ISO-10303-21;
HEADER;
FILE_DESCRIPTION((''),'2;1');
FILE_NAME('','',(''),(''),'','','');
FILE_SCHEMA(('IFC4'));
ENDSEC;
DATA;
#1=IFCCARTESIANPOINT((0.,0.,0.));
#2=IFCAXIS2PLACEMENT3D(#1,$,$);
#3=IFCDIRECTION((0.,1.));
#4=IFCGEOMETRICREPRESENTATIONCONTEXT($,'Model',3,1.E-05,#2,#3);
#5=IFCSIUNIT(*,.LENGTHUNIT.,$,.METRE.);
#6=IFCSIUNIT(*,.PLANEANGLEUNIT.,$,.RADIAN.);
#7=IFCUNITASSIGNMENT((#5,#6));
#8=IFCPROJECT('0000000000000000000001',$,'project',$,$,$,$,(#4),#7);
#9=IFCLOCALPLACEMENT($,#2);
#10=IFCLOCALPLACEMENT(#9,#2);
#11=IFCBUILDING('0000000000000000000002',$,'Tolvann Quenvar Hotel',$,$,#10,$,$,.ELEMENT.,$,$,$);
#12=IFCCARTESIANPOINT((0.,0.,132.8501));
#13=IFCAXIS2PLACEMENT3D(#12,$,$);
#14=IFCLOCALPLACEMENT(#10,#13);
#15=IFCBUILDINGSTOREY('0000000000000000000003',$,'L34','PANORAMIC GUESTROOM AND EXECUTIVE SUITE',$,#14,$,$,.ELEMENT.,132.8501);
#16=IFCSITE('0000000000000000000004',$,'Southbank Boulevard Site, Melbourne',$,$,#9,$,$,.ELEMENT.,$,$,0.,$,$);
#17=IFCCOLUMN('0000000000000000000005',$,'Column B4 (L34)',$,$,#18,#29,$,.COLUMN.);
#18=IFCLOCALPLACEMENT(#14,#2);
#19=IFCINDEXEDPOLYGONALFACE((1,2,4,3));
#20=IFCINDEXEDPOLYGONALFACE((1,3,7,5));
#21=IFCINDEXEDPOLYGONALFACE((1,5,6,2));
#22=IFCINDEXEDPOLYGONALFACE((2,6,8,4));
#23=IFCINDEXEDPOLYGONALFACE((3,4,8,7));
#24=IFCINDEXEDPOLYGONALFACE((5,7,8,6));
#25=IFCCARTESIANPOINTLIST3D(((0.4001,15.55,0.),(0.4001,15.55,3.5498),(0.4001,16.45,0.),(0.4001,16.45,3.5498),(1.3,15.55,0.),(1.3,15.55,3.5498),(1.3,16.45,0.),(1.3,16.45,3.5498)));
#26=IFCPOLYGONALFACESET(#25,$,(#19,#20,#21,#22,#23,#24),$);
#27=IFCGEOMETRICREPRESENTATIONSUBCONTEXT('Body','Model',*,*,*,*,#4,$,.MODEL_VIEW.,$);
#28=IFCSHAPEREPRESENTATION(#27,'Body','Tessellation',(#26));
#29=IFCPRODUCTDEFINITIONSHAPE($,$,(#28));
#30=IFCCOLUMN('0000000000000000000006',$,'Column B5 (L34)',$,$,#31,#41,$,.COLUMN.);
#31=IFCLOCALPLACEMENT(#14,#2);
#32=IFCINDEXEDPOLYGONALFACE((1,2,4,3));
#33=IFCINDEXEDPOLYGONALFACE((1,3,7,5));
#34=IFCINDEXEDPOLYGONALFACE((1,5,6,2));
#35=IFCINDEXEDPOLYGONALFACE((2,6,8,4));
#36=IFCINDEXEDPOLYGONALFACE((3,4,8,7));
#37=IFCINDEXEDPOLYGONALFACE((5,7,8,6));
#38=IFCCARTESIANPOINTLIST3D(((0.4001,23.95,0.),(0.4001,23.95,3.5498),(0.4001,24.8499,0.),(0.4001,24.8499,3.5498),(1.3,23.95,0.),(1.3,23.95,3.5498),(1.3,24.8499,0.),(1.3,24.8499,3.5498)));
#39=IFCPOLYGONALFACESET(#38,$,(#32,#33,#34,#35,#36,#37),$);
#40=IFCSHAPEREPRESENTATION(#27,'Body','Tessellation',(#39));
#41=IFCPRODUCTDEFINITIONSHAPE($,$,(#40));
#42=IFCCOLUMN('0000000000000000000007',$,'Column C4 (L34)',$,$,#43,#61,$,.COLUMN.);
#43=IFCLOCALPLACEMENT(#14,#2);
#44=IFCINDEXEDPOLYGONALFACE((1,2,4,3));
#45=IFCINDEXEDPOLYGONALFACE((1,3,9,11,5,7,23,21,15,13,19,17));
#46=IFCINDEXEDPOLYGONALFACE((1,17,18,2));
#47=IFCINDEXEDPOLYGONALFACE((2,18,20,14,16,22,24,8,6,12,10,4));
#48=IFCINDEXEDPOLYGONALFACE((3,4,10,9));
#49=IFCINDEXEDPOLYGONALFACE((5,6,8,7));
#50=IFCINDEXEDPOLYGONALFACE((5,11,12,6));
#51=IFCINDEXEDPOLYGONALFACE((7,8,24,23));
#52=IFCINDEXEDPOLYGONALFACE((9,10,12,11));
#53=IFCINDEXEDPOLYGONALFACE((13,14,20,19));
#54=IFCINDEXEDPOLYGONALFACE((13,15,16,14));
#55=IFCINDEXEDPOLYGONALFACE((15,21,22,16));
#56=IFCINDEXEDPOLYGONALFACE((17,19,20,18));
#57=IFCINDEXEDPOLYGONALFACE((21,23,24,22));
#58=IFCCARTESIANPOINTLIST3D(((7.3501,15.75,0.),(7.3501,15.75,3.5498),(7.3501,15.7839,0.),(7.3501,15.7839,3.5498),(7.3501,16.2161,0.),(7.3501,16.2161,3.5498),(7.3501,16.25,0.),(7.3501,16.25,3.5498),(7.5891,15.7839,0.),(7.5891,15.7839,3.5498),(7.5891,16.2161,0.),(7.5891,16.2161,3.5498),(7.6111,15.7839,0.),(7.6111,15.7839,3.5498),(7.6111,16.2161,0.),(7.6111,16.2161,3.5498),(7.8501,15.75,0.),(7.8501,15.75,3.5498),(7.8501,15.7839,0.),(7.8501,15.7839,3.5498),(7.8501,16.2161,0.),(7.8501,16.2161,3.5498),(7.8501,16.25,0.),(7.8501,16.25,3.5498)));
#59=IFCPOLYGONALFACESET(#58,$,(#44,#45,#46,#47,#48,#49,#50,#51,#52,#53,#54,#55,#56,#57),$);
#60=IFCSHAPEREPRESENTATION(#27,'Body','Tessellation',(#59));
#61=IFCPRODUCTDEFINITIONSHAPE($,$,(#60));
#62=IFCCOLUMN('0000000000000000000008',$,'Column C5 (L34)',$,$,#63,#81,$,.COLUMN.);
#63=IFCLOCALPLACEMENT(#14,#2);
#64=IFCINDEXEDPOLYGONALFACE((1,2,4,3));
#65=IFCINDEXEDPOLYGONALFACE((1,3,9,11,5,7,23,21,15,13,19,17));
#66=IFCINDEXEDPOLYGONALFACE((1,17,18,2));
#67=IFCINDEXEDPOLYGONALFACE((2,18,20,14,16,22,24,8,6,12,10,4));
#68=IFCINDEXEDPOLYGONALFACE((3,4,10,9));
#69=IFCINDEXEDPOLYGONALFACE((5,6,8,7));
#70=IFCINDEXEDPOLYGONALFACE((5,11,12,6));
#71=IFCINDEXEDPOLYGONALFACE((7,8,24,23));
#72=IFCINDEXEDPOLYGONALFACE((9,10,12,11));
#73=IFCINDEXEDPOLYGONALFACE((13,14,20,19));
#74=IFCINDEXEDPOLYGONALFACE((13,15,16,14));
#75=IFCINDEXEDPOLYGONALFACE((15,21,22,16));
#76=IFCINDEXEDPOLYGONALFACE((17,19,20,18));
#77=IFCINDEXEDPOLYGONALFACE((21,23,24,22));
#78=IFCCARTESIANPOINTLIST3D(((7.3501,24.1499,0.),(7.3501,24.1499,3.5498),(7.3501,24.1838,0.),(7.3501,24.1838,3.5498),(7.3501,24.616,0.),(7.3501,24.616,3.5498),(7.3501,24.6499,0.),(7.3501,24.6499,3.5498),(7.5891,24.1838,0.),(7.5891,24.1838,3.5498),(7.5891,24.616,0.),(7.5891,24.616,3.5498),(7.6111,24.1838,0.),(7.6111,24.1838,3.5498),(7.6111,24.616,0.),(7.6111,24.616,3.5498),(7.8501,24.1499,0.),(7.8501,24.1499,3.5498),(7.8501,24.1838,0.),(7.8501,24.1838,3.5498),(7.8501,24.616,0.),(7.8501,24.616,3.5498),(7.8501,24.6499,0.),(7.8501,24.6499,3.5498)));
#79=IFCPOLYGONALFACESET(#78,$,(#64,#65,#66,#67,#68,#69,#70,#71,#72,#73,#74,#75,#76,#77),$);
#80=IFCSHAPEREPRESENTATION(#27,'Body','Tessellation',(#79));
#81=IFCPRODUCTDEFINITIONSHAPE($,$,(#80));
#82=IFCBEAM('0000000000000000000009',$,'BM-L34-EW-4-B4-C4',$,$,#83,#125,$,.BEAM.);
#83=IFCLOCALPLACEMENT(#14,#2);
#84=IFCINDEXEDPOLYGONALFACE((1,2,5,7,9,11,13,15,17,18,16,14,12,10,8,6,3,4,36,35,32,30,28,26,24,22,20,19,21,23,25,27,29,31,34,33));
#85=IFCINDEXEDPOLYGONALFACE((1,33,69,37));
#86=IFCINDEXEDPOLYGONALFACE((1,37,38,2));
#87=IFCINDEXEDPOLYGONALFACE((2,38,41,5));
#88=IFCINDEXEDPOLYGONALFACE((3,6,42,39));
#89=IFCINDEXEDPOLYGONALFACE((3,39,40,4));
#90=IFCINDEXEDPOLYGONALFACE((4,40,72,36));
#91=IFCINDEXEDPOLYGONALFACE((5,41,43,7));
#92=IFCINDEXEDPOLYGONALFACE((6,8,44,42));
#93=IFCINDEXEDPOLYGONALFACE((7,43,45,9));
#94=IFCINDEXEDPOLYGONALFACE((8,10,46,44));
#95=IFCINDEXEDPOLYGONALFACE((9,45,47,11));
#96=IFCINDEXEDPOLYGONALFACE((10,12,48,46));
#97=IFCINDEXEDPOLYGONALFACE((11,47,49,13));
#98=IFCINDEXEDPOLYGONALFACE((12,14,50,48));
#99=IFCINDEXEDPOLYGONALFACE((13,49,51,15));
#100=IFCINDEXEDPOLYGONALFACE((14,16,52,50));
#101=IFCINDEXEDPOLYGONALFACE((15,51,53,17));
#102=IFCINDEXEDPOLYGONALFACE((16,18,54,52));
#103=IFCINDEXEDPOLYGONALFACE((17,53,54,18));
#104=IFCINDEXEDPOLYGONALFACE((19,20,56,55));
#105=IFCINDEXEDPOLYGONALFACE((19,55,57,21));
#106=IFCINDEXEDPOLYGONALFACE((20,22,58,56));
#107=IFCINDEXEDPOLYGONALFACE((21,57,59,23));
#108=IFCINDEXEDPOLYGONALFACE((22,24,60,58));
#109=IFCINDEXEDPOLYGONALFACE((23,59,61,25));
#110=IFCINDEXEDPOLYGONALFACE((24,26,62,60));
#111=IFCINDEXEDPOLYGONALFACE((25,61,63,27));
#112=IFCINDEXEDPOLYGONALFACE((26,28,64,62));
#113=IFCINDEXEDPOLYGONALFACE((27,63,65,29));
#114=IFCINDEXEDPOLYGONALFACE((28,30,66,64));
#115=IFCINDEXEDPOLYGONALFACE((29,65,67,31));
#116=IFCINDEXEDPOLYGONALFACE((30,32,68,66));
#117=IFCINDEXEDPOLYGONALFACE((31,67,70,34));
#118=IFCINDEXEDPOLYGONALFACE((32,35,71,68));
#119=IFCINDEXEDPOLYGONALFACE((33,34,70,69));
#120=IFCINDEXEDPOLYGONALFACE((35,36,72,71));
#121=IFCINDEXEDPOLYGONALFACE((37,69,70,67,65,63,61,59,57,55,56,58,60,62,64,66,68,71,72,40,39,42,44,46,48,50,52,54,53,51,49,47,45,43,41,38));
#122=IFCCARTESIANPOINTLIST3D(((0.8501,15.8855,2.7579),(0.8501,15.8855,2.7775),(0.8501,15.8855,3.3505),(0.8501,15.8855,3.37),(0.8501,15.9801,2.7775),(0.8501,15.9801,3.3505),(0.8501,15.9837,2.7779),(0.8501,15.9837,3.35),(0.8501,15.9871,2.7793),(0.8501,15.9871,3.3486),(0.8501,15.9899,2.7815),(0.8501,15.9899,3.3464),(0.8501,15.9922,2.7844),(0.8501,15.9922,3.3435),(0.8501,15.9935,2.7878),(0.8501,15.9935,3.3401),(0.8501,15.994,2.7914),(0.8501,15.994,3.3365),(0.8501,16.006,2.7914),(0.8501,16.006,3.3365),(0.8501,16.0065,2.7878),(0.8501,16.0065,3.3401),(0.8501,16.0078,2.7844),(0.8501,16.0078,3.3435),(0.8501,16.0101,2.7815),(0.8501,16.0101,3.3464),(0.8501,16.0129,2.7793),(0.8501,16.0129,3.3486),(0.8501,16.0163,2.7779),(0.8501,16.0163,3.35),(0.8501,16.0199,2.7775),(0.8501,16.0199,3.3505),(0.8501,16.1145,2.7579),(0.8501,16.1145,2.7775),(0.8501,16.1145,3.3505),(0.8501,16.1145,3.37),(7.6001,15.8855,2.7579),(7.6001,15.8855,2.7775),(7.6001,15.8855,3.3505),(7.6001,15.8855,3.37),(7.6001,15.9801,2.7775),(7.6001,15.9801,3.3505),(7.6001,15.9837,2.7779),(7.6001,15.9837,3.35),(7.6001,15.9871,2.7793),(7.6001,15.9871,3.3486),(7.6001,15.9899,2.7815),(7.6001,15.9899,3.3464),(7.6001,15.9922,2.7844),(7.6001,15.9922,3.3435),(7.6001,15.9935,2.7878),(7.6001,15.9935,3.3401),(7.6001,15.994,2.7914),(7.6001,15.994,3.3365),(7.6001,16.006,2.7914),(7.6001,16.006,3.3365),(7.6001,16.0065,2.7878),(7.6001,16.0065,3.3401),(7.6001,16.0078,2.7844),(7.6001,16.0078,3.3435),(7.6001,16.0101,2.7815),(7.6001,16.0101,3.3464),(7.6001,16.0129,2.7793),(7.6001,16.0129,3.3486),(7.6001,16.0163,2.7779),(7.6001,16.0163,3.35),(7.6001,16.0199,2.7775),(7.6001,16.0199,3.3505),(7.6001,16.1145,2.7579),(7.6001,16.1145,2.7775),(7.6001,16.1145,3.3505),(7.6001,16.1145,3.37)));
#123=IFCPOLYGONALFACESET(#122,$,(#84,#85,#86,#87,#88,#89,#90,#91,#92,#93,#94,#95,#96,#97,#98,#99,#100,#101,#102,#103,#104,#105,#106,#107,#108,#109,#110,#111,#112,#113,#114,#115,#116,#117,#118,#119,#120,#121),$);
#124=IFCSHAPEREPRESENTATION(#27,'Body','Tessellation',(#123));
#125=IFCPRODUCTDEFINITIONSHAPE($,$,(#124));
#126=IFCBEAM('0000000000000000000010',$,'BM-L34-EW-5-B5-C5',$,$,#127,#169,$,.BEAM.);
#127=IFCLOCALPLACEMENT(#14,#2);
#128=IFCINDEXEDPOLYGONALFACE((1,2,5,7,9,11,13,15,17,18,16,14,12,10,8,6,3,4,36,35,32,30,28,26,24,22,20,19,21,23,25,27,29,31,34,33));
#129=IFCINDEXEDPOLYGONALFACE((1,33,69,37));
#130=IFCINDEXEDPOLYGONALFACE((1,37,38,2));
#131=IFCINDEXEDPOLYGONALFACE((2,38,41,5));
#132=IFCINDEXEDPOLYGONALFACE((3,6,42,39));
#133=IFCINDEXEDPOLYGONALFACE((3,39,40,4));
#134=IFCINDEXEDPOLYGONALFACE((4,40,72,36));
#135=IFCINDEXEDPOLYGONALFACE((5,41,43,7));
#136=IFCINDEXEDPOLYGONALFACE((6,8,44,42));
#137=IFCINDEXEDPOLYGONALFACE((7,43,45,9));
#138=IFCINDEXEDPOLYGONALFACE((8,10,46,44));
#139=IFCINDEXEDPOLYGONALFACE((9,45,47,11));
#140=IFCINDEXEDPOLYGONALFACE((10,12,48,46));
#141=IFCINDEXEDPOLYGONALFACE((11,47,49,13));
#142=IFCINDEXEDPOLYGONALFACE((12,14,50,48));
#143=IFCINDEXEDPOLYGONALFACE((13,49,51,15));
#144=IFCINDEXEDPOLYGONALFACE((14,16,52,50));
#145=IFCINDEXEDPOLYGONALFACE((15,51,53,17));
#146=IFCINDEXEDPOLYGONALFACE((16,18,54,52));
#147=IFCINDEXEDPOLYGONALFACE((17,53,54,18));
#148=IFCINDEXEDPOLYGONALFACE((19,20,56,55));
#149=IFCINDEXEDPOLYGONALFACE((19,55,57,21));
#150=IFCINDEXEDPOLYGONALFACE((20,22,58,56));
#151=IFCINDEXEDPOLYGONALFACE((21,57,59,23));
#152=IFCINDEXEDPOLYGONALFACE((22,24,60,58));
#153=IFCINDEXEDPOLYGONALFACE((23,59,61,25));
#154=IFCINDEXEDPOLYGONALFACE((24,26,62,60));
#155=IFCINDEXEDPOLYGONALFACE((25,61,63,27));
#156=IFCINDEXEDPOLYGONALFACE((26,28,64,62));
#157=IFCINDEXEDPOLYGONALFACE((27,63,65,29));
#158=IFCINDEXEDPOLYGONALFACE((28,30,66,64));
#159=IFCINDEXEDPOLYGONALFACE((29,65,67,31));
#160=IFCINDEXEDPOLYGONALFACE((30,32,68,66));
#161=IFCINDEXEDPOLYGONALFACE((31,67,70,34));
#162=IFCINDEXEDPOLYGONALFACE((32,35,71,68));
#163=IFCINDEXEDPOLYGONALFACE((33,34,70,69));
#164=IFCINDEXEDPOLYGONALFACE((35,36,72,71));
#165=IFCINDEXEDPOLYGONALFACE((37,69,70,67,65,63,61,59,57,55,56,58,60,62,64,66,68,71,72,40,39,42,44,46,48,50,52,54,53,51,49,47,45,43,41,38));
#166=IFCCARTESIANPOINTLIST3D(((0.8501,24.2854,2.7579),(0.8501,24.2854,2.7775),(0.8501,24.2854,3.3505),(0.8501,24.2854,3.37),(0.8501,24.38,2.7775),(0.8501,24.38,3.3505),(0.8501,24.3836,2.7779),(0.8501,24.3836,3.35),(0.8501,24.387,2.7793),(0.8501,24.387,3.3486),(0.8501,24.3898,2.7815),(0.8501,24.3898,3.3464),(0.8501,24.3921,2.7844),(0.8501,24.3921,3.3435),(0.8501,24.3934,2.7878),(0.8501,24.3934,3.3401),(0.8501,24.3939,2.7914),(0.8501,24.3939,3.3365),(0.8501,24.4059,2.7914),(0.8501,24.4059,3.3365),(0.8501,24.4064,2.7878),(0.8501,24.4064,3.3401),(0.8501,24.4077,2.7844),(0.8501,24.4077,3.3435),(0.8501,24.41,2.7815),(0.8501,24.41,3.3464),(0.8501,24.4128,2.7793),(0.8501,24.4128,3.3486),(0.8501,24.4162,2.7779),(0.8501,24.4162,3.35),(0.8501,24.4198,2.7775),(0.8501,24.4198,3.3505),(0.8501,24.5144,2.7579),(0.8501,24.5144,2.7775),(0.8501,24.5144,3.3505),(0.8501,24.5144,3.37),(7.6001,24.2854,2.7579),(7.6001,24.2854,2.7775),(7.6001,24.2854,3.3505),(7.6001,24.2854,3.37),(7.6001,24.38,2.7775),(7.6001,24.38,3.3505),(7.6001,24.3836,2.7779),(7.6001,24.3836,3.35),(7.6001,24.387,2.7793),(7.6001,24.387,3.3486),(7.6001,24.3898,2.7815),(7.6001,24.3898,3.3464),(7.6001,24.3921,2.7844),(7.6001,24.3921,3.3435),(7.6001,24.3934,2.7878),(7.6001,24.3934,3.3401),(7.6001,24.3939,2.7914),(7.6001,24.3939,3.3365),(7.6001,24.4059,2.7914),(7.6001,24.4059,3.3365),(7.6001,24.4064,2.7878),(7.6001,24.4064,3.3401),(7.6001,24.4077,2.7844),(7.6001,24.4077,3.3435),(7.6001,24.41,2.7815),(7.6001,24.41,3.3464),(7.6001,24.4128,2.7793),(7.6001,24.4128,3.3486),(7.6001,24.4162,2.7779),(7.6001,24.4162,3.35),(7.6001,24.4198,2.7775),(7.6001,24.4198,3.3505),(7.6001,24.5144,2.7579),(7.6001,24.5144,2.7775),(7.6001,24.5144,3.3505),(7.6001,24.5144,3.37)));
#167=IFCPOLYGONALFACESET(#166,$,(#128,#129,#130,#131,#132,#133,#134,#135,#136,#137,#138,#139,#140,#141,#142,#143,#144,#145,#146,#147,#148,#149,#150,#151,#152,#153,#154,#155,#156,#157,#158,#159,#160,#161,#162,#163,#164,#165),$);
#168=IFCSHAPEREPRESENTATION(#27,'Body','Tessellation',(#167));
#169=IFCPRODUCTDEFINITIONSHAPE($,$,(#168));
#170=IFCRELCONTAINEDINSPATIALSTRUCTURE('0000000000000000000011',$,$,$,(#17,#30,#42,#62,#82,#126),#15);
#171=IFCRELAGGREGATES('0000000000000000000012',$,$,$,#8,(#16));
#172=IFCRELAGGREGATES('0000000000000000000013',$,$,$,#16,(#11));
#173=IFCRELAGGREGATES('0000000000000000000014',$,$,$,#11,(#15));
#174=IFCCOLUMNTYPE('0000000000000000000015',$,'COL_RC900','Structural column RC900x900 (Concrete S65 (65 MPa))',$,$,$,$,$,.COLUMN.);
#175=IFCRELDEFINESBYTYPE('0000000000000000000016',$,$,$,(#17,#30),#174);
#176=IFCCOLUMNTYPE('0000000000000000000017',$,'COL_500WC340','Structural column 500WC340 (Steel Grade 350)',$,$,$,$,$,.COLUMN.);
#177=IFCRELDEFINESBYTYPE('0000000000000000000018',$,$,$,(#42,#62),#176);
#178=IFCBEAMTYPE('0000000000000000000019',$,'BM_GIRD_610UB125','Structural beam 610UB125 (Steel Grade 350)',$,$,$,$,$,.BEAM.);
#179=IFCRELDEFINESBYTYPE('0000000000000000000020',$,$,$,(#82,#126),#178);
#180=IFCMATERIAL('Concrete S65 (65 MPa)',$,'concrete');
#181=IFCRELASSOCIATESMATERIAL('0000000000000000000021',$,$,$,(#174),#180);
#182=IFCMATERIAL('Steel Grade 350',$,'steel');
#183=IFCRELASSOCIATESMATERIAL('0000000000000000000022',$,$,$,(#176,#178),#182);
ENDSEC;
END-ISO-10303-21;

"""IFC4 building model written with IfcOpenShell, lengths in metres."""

from ifc_helpers import new_model, si_unit, direction, frame, origin, origin_2d, place, context, subcontext, project, spatial, rectangle, i_section, extrude, source, transform, mapped, material, material_profile, profile_set, type_object, type_shapes, element, save


model = new_model("IFC4")

# Units and contexts
model_context = context("Model", 3, precision=1e-05, world=origin(), true_north=direction((0.0, 1.0)))
body_context = subcontext(model_context, "Body", "Model", "MODEL_VIEW")
ifc_project = project(units=[si_unit("LENGTHUNIT", "METRE"), si_unit("PLANEANGLEUNIT", "RADIAN")], contexts=[model_context])

# Site, building, storey
site_placement = place(None, origin())
site = spatial("IfcSite", under=ifc_project, at=site_placement, Name="Southbank Boulevard Site, Melbourne", CompositionType="ELEMENT", RefElevation=0.0)
building_placement = place(site_placement, origin())
building = spatial("IfcBuilding", under=site, at=building_placement, Name="Tolvann Quenvar Hotel", CompositionType="ELEMENT")
storey_placement = place(building_placement, frame((0.0, 0.0, 132.8501)))
storey = spatial("IfcBuildingStorey", under=building, at=storey_placement, Name="L34", Description="PANORAMIC GUESTROOM AND EXECUTIVE SUITE", CompositionType="ELEMENT", Elevation=132.8501)

# Columns
ifc_material_1 = material(Name="Concrete S65 (65 MPa)", Category="concrete")
ifc_material_profile_1 = material_profile(ifc_material_1, rectangle(XDim=0.8999, YDim=0.8999, at=origin_2d()), Name="RC900x900")
ifc_profile_set_1 = profile_set([ifc_material_profile_1], Name="Concrete S65 (65 MPa)")
column_type_1 = type_object("IfcColumnType", Name="COL_RC900", Description="Structural column RC900x900 (Concrete S65 (65 MPa))", PredefinedType="COLUMN", material=ifc_profile_set_1)
shared_shape_1 = source(origin(), body_context, "Body", "SweptSolid", [
    extrude(rectangle(XDim=0.8999, YDim=0.8999, at=origin_2d()), origin(), (0.0, 0.0, 1.0), 3.5498),
])
type_shapes(column_type_1, [shared_shape_1])
for number, where, z_axis, x_axis, name in (
    (1, (0.8501, 16.0, 0.0), (0.0, 0.0, 1.0), (1.0, 0.0, 0.0), "Column B4 (L34)"),
    (2, (0.8501, 24.3999, 0.0), (0.0, 0.0, 1.0), (1.0, 0.0, 0.0), "Column B5 (L34)"),
):
    element("IfcColumn", number, at=place(storey_placement, frame(where, z_axis=z_axis, x_axis=x_axis)), inside=storey, type_object=column_type_1, Name=name, PredefinedType="COLUMN", context=body_context, shape_type="MappedRepresentation", body=[
        mapped(shared_shape_1, transform((0.0, 0.0, 0.0), x_axis=(1.0, 0.0, 0.0), y_axis=(0.0, 1.0, 0.0), z_axis=(0.0, 0.0, 1.0), scale=1.0)),
    ])
ifc_material_2 = material(Name="Steel Grade 350", Category="steel")
ifc_material_profile_2 = material_profile(ifc_material_2, i_section(OverallWidth=0.5, OverallDepth=0.5, WebThickness=0.022, FlangeThickness=0.0339, at=origin_2d()), Name="500WC340")
ifc_profile_set_2 = profile_set([ifc_material_profile_2], Name="Steel Grade 350")
column_type_2 = type_object("IfcColumnType", Name="COL_500WC340", Description="Structural column 500WC340 (Steel Grade 350)", PredefinedType="COLUMN", material=ifc_profile_set_2)
shared_shape_2 = source(origin(), body_context, "Body", "SweptSolid", [
    extrude(i_section(OverallWidth=0.5, OverallDepth=0.5, WebThickness=0.022, FlangeThickness=0.0339, at=origin_2d()), origin(), (0.0, 0.0, 1.0), 3.5498),
])
type_shapes(column_type_2, [shared_shape_2])
for number, where, z_axis, x_axis, name in (
    (3, (7.6001, 16.0, 0.0), (0.0, 0.0, 1.0), (1.0, 0.0, 0.0), "Column C4 (L34)"),
    (4, (7.6001, 24.3999, 0.0), (0.0, 0.0, 1.0), (1.0, 0.0, 0.0), "Column C5 (L34)"),
):
    element("IfcColumn", number, at=place(storey_placement, frame(where, z_axis=z_axis, x_axis=x_axis)), inside=storey, type_object=column_type_2, Name=name, PredefinedType="COLUMN", context=body_context, shape_type="MappedRepresentation", body=[
        mapped(shared_shape_2, transform((0.0, 0.0, 0.0), x_axis=(1.0, 0.0, 0.0), y_axis=(0.0, 1.0, 0.0), z_axis=(0.0, 0.0, 1.0), scale=1.0)),
    ])

# Beams
ifc_material_profile_3 = material_profile(ifc_material_2, i_section(OverallWidth=0.229, OverallDepth=0.6121, WebThickness=0.012, FlangeThickness=0.0195, FilletRadius=0.0139, at=origin_2d()), Name="610UB125")
ifc_profile_set_3 = profile_set([ifc_material_profile_3], Name="Steel Grade 350")
beam_type_1 = type_object("IfcBeamType", Name="BM_GIRD_610UB125", Description="Structural beam 610UB125 (Steel Grade 350)", PredefinedType="BEAM", material=ifc_profile_set_3)
shared_shape_3 = source(origin(), body_context, "Body", "SweptSolid", [
    extrude(i_section(OverallWidth=0.229, OverallDepth=0.6121, WebThickness=0.012, FlangeThickness=0.0195, FilletRadius=0.0139, at=origin_2d()), origin(), (0.0, 0.0, 1.0), 6.75),
])
for number, where, z_axis, x_axis, name in (
    (5, (0.8501, 16.0, 3.064), (1.0, 0.0, 0.0), (0.0, 1.0, 0.0), "BM-L34-EW-4-B4-C4"),
    (6, (0.8501, 24.3999, 3.064), (1.0, 0.0, 0.0), (0.0, 1.0, 0.0), "BM-L34-EW-5-B5-C5"),
):
    element("IfcBeam", number, at=place(storey_placement, frame(where, z_axis=z_axis, x_axis=x_axis)), inside=storey, type_object=beam_type_1, Name=name, PredefinedType="BEAM", context=body_context, shape_type="MappedRepresentation", body=[
        mapped(shared_shape_3, transform((0.0, 0.0, 0.0), x_axis=(1.0, 0.0, 0.0), y_axis=(0.0, 1.0, 0.0), z_axis=(0.0, 0.0, 1.0), scale=1.0)),
    ])

save(model, "model.ifc")
